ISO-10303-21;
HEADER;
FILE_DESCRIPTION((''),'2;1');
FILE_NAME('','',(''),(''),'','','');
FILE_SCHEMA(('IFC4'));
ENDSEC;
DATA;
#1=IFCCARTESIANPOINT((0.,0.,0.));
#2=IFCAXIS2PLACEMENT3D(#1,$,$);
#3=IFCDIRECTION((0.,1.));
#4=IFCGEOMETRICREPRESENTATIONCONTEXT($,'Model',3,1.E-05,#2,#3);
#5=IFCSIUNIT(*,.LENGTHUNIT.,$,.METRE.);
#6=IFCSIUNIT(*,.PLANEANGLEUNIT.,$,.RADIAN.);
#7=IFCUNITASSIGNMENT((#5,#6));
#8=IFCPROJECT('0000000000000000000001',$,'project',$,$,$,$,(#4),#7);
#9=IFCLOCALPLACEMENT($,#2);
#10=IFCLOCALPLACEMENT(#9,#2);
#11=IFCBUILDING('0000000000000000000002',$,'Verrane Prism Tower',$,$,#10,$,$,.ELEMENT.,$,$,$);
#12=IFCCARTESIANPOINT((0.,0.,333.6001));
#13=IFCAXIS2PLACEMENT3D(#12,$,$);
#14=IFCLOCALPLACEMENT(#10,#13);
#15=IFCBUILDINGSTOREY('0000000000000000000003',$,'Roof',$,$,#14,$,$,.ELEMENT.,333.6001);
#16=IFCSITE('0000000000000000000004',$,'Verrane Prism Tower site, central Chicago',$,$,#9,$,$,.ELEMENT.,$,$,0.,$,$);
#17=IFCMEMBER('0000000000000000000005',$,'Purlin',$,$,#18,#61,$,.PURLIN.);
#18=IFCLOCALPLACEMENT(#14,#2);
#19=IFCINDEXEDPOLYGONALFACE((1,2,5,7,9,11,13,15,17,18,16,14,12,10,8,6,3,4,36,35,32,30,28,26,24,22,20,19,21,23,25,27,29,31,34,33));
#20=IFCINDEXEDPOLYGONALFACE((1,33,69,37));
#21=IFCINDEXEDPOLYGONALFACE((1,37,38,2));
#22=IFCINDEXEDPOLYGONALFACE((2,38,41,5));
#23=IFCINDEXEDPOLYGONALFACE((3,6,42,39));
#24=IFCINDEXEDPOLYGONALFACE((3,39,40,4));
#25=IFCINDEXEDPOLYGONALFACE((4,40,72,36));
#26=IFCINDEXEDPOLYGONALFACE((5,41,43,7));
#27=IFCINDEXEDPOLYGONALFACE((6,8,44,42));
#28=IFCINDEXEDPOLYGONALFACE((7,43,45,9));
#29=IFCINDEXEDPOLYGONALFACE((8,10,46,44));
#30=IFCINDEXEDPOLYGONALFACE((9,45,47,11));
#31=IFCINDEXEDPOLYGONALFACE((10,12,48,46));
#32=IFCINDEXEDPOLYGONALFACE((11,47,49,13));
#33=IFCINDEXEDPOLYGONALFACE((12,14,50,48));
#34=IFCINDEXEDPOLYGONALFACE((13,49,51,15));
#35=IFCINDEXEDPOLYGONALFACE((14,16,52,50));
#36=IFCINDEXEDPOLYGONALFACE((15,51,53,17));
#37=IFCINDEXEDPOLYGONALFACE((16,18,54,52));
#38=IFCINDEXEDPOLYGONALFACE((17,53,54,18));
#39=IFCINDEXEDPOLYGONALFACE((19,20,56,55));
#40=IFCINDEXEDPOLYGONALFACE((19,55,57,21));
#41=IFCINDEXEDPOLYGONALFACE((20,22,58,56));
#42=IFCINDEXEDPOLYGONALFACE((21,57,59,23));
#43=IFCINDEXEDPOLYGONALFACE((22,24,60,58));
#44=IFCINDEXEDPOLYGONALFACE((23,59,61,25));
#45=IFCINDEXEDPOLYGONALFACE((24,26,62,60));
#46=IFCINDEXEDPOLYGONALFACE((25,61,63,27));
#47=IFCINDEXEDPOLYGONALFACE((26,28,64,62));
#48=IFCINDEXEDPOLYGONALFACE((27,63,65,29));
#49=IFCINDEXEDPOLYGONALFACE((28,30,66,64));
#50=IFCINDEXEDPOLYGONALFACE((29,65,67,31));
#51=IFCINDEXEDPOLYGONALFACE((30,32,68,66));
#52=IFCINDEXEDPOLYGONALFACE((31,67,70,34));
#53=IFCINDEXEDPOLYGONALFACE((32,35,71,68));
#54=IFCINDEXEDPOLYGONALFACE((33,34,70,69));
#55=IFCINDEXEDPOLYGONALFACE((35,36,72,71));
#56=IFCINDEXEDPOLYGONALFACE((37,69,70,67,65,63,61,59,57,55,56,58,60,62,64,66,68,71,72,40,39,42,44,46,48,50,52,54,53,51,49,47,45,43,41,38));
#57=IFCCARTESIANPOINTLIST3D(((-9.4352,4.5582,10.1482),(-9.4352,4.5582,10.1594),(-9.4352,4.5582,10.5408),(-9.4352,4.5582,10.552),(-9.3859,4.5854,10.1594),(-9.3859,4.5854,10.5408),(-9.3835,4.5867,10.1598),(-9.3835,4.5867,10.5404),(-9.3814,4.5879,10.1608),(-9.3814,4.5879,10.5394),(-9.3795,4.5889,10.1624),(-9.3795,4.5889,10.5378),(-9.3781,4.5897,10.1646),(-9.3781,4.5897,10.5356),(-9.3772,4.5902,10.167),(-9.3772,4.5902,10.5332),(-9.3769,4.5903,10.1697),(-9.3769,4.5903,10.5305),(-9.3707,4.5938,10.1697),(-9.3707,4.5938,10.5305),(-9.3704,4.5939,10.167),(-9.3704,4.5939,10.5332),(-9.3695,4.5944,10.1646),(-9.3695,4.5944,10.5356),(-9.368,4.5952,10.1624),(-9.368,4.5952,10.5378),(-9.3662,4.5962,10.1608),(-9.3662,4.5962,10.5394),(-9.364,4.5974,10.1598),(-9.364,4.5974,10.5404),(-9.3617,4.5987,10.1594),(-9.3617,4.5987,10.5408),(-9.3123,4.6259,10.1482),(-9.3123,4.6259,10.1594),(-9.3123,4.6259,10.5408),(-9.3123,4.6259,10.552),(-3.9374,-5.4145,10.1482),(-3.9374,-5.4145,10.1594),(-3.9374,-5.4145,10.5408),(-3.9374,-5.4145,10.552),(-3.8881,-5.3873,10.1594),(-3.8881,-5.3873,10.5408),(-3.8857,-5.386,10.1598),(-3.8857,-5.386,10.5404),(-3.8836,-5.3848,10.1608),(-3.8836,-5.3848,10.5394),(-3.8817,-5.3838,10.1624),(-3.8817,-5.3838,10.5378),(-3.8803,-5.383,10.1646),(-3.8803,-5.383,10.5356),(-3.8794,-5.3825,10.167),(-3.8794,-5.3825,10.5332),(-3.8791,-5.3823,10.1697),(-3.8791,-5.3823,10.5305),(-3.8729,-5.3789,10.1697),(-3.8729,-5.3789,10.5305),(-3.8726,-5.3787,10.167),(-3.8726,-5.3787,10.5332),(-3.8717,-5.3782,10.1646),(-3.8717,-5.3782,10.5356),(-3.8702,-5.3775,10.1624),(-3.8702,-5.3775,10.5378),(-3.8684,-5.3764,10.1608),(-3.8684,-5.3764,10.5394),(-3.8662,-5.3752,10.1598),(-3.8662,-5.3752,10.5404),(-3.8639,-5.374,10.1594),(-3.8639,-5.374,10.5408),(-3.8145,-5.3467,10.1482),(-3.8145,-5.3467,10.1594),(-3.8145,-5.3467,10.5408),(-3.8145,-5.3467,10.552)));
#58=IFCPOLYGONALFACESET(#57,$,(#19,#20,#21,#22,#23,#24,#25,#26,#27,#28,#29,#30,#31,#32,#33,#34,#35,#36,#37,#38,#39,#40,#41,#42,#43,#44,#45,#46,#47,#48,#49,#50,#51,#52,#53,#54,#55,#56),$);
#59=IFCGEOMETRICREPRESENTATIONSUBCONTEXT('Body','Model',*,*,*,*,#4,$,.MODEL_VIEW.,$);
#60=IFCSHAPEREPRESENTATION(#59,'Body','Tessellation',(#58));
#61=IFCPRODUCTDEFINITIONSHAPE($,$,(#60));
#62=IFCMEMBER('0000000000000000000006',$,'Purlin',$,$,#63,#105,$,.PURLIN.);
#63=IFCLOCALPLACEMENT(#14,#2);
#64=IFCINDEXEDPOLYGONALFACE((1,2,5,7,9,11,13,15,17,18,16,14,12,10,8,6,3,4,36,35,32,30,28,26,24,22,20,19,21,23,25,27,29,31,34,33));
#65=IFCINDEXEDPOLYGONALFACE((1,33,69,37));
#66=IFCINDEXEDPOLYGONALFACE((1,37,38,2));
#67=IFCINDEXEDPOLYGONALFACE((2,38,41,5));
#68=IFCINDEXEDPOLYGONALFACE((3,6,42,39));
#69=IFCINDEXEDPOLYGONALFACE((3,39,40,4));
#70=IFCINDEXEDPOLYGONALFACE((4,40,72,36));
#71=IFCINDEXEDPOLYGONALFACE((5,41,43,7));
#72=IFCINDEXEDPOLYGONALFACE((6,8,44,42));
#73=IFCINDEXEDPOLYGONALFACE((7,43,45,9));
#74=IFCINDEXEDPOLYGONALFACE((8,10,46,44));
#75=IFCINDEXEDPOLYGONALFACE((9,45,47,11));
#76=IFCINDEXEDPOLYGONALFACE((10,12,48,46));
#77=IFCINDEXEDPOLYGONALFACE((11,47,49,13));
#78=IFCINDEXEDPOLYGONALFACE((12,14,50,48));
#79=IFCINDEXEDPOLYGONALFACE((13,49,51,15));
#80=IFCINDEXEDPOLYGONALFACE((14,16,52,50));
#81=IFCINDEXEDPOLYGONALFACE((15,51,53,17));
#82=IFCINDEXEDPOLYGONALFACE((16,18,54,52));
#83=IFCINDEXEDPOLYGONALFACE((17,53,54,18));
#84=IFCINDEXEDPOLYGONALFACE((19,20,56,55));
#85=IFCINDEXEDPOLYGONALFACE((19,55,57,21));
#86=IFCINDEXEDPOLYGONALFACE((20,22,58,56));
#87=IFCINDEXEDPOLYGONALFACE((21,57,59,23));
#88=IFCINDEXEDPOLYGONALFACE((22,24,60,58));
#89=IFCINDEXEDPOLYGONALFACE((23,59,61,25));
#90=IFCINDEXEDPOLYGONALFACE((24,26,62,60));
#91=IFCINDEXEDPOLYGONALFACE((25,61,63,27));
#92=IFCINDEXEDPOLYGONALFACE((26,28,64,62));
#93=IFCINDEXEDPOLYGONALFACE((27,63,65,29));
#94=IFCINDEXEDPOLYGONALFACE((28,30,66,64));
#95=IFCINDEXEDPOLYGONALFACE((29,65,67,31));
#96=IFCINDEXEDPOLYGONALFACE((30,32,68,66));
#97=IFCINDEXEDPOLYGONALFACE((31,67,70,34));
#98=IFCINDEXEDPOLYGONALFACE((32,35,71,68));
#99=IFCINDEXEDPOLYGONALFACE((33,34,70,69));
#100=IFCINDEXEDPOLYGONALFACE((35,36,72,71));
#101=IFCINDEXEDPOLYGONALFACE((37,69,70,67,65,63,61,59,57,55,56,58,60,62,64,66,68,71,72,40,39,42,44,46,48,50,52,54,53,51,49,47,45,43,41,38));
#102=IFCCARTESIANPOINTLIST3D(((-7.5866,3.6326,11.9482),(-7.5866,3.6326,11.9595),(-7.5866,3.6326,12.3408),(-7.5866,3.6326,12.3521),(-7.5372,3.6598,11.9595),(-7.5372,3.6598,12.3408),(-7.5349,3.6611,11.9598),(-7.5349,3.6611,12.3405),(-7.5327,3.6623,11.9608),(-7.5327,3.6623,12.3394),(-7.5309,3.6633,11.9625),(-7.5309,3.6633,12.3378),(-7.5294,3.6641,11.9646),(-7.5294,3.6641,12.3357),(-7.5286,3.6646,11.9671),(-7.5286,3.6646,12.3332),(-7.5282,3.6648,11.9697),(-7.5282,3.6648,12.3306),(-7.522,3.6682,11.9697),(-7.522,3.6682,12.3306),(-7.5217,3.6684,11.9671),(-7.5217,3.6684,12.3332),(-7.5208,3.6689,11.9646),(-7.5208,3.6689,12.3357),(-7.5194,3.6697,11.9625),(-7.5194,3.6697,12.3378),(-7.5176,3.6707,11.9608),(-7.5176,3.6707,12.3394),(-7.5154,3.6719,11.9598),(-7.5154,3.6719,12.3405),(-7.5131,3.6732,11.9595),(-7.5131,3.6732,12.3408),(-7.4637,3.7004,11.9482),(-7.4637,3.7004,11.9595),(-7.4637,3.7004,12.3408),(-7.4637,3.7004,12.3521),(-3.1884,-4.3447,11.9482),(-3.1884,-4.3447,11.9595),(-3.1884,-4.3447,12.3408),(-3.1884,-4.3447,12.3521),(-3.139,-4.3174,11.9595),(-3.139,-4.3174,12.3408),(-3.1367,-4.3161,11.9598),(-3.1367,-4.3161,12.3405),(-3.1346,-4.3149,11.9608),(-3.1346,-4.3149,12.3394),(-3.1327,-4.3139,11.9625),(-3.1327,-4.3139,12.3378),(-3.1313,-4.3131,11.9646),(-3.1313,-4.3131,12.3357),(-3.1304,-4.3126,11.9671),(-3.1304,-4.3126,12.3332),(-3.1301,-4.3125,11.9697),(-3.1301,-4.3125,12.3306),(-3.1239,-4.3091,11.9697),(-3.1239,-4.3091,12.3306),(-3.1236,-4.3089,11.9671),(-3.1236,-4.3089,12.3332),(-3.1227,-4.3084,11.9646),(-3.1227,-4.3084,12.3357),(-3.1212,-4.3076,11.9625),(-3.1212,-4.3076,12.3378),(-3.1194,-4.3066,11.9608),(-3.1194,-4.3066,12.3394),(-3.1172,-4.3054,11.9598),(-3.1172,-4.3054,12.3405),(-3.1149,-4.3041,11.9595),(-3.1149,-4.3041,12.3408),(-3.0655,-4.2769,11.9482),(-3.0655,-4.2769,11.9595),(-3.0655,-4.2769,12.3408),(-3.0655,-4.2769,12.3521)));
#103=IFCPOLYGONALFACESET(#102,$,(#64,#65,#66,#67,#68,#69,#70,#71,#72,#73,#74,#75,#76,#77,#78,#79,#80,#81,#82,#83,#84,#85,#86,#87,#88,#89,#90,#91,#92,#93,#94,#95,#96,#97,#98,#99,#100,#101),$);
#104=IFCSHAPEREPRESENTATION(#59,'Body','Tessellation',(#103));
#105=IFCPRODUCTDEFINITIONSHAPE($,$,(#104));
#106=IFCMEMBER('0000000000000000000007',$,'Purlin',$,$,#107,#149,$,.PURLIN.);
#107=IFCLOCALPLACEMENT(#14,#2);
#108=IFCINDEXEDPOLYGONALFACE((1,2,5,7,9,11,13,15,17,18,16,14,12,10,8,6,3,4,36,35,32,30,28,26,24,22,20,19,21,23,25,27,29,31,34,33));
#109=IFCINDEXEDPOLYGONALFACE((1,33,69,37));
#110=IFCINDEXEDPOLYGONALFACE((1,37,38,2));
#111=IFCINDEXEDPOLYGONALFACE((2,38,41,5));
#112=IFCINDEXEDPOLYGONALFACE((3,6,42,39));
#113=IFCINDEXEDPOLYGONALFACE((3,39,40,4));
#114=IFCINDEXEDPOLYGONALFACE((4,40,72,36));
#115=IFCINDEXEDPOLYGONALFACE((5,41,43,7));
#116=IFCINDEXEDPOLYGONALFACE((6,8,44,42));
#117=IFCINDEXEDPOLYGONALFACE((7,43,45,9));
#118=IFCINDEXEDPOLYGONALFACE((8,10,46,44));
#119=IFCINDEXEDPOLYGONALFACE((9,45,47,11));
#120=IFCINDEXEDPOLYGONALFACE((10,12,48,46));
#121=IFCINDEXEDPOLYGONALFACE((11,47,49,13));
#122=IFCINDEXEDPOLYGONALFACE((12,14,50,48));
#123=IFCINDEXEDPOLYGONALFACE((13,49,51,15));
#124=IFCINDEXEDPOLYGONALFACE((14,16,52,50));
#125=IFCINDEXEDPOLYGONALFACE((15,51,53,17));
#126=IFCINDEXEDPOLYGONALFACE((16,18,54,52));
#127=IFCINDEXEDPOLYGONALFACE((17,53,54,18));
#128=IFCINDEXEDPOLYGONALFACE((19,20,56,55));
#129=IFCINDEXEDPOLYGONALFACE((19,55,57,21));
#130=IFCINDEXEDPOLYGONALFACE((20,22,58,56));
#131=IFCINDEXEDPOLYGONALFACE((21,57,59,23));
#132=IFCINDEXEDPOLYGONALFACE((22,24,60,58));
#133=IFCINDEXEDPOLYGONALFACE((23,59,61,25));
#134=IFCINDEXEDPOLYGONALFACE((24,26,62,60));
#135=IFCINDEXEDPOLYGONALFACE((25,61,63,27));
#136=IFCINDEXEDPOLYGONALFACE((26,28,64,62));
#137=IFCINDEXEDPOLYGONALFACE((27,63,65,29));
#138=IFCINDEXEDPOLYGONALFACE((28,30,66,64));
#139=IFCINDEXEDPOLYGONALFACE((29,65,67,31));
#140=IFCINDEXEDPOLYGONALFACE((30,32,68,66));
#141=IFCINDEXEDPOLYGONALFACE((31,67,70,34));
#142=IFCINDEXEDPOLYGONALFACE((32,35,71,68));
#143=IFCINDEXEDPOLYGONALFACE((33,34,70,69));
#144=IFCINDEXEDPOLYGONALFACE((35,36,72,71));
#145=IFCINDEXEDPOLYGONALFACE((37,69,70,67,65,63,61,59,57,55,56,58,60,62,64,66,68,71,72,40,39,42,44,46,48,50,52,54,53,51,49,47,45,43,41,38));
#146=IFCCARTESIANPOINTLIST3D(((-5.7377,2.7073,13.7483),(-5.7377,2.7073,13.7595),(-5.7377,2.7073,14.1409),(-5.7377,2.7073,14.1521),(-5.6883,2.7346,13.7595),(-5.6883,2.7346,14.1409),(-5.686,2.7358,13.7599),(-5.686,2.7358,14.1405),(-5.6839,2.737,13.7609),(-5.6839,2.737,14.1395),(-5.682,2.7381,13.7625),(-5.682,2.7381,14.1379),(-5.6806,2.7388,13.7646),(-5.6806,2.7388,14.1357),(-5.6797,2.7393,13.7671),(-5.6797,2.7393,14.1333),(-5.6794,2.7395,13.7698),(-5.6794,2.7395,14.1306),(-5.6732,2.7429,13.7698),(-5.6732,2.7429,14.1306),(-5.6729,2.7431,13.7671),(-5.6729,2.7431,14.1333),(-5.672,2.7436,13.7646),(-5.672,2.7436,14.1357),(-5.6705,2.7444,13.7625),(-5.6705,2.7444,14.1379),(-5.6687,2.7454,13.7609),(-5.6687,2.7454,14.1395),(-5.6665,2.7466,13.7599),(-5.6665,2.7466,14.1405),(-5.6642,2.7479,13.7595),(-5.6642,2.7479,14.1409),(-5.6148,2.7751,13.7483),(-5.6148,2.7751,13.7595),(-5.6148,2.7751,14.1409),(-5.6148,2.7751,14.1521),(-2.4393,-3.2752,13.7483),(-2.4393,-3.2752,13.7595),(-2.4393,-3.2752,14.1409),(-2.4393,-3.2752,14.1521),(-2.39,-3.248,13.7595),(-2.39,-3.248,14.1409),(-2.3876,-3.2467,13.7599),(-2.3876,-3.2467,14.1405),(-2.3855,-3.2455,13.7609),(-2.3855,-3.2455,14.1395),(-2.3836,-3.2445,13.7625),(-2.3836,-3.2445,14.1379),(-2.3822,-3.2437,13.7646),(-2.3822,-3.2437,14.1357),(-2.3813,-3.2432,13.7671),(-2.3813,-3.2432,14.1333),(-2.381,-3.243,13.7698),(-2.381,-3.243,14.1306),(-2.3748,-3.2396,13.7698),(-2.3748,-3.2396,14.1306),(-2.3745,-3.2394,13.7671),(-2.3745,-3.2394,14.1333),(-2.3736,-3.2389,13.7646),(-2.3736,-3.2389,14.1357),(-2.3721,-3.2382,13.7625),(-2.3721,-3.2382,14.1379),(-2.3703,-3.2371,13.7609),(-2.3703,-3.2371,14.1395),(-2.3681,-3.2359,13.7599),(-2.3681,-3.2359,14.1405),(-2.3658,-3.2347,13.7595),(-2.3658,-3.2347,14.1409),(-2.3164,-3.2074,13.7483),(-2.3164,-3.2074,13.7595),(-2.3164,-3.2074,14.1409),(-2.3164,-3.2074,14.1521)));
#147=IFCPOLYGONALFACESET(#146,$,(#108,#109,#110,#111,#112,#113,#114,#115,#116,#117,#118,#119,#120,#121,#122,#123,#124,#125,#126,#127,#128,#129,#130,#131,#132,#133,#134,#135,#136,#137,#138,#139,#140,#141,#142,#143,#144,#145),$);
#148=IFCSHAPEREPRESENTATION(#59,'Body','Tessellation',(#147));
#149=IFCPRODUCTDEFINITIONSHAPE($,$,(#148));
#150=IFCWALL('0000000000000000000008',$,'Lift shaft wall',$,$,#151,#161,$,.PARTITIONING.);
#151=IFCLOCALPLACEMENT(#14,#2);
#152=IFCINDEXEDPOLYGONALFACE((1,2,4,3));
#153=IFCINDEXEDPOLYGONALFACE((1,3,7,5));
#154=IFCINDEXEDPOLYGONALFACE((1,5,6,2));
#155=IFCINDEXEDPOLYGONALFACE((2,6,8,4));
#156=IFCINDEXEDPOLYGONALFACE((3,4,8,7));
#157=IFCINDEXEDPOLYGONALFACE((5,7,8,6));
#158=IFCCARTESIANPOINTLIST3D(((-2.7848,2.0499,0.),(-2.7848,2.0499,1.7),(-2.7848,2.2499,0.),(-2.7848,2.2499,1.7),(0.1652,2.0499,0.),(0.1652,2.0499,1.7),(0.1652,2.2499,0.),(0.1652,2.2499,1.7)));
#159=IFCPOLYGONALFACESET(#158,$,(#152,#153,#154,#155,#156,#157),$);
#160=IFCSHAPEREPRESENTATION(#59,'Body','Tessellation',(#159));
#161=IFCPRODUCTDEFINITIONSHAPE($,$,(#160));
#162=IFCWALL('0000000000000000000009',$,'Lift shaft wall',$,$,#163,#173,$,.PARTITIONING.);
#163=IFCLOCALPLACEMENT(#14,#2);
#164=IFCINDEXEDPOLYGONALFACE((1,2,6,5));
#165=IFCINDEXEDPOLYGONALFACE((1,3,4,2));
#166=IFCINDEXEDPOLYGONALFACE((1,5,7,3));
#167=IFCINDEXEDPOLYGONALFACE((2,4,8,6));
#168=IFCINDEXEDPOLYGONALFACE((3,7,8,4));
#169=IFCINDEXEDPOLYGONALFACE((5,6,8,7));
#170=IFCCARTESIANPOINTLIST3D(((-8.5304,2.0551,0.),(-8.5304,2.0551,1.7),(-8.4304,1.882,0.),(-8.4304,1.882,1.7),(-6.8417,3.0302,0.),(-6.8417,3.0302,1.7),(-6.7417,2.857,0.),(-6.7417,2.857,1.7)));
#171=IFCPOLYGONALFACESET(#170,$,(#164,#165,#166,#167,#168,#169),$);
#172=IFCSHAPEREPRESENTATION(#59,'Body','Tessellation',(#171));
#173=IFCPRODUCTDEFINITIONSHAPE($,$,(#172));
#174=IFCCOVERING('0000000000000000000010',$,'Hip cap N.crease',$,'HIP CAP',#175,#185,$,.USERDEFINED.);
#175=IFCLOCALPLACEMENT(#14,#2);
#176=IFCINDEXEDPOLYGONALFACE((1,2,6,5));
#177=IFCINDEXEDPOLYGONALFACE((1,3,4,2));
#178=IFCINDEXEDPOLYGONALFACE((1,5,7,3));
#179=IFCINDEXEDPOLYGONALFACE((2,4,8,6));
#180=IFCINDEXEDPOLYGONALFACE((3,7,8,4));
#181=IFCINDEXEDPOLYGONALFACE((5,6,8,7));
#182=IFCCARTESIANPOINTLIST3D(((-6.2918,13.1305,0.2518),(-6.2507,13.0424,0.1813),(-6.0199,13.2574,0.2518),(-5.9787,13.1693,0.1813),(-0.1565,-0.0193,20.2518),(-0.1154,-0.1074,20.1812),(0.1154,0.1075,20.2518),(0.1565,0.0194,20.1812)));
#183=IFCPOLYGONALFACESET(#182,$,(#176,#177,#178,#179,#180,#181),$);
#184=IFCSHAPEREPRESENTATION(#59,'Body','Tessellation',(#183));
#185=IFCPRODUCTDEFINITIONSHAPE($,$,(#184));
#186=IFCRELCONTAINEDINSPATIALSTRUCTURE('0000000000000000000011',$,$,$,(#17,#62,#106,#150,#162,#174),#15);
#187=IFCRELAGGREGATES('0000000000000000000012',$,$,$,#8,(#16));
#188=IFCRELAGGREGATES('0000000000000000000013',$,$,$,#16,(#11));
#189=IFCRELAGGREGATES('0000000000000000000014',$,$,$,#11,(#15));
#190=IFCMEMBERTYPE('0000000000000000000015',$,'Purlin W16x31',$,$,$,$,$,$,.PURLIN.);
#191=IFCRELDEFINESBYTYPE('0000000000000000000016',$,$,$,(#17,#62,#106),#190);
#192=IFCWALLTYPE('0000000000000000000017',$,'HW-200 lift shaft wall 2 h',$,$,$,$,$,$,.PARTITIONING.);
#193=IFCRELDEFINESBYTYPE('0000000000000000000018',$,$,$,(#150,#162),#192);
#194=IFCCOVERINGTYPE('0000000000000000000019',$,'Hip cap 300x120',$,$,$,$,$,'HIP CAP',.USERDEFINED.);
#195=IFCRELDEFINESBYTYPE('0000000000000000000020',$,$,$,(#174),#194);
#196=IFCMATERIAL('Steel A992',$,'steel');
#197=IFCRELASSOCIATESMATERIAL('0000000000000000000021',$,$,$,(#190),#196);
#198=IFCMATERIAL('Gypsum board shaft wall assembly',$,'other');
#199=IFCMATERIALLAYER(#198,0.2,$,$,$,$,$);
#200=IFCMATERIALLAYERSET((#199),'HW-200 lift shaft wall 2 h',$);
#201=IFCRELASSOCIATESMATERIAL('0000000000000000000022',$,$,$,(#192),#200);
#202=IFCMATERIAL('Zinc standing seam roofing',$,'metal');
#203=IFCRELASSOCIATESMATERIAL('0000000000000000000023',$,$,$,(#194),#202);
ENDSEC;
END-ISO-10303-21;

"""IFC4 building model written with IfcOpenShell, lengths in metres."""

from ifc_helpers import new_model, si_unit, direction, frame, frame_2d, origin, origin_2d, place, context, subcontext, project, spatial, rectangle, i_section, extrude, material, layer, layer_set, material_profile, profile_set, type_object, element, save


model = new_model("IFC4")

# Units and contexts
model_context = context("Model", 3, precision=1e-05, world=origin(), true_north=direction((0.0, 1.0)))
body_context = subcontext(model_context, "Body", "Model", "MODEL_VIEW")
ifc_project = project(units=[si_unit("LENGTHUNIT", "METRE"), si_unit("PLANEANGLEUNIT", "RADIAN")], contexts=[model_context])

# Site, building, storey
site_placement = place(None, origin())
site = spatial("IfcSite", under=ifc_project, at=site_placement, Name="Verrane Prism Tower site, central Chicago", CompositionType="ELEMENT", RefElevation=0.0)
building_placement = place(site_placement, origin())
building = spatial("IfcBuilding", under=site, at=building_placement, Name="Verrane Prism Tower", CompositionType="ELEMENT")
storey_placement = place(building_placement, frame((0.0, 0.0, 333.6001)))
storey = spatial("IfcBuildingStorey", under=building, at=storey_placement, Name="Roof", CompositionType="ELEMENT", Elevation=333.6001)

# Members
ifc_material_1 = material(Name="Steel A992", Category="steel")
ifc_material_profile_1 = material_profile(ifc_material_1, i_section(OverallWidth=0.1404, OverallDepth=0.4038, WebThickness=0.0071, FlangeThickness=0.0112, FilletRadius=0.0103, at=origin_2d()), Name="W16x31")
ifc_profile_set_1 = profile_set([ifc_material_profile_1], Name="Steel A992")
member_type_1 = type_object("IfcMemberType", Name="Purlin W16x31", PredefinedType="PURLIN", material=ifc_profile_set_1)
member_1_placement = place(storey_placement, frame((-9.3738, 4.592, 10.3501), z_axis=(0.482784, -0.875739, 0.0), x_axis=(0.875739, 0.482784, 0.0)))
element("IfcMember", 1, at=member_1_placement, inside=storey, type_object=member_type_1, Name="Purlin", PredefinedType="PURLIN", context=body_context, shape_type="SweptSolid", body=[
    extrude(i_section(OverallWidth=0.1404, OverallDepth=0.4038, WebThickness=0.0071, FlangeThickness=0.0112, FilletRadius=0.0103, at=origin_2d()), origin(), (0.0, 0.0, 1.0), 11.3877),
])
member_2_placement = place(storey_placement, frame((-7.5251, 3.6665, 12.1501), z_axis=(0.482819, -0.87572, 0.0), x_axis=(0.87572, 0.482819, 0.0)))
element("IfcMember", 2, at=member_2_placement, inside=storey, type_object=member_type_1, Name="Purlin", PredefinedType="PURLIN", context=body_context, shape_type="SweptSolid", body=[
    extrude(i_section(OverallWidth=0.1404, OverallDepth=0.4038, WebThickness=0.0071, FlangeThickness=0.0112, FilletRadius=0.0103, at=origin_2d()), origin(), (0.0, 0.0, 1.0), 9.1094),
])
member_3_placement = place(storey_placement, frame((-5.6763, 2.7412, 13.9502), z_axis=(0.482818, -0.87572, 0.0), x_axis=(0.87572, 0.482818, 0.0)))
element("IfcMember", 3, at=member_3_placement, inside=storey, type_object=member_type_1, Name="Purlin", PredefinedType="PURLIN", context=body_context, shape_type="SweptSolid", body=[
    extrude(i_section(OverallWidth=0.1404, OverallDepth=0.4038, WebThickness=0.0071, FlangeThickness=0.0112, FilletRadius=0.0103, at=origin_2d()), origin(), (0.0, 0.0, 1.0), 6.8315),
])

# Walls
ifc_material_2 = material(Name="Gypsum board shaft wall assembly", Category="other")
ifc_layer_1 = layer(ifc_material_2, 0.2)
ifc_layer_set_1 = layer_set([ifc_layer_1], Name="HW-200 lift shaft wall 2 h")
wall_type = type_object("IfcWallType", Name="HW-200 lift shaft wall 2 h", PredefinedType="PARTITIONING", material=ifc_layer_set_1)
wall_1_placement = place(storey_placement, frame((-2.7849, 2.1499, 0.0), z_axis=(0.0, 0.0, 1.0), x_axis=(1.0, 0.0, 0.0)))
element("IfcWall", 4, at=wall_1_placement, inside=storey, type_object=wall_type, Name="Lift shaft wall", PredefinedType="PARTITIONING", context=body_context, shape_type="SweptSolid", body=[
    extrude(rectangle(XDim=2.95, YDim=0.2, at=frame_2d((1.4751, 0.0))), origin(), (0.0, 0.0, 1.0), 1.7),
])
wall_2_placement = place(storey_placement, frame((-8.4805, 1.9685, 0.0), z_axis=(0.0, 0.0, 1.0), x_axis=(0.866, 0.500044, 0.0)))
element("IfcWall", 5, at=wall_2_placement, inside=storey, type_object=wall_type, Name="Lift shaft wall", PredefinedType="PARTITIONING", context=body_context, shape_type="SweptSolid", body=[
    extrude(rectangle(XDim=1.95, YDim=0.2, at=frame_2d((0.9751, 0.0))), origin(), (0.0, 0.0, 1.0), 1.7),
])

# Covering
ifc_material_3 = material(Name="Zinc standing seam roofing", Category="metal")
ifc_material_profile_2 = material_profile(ifc_material_3, rectangle(XDim=0.3, YDim=0.1201, at=origin_2d()), Name="Hip cap 300x120")
ifc_profile_set_2 = profile_set([ifc_material_profile_2], Name="Zinc standing seam roofing")
covering_type_1 = type_object("IfcCoveringType", Name="Hip cap 300x120", ElementType="HIP CAP", PredefinedType="USERDEFINED", material=ifc_profile_set_2)
covering_1_placement = place(storey_placement, frame((-6.1353, 13.1499, 0.2166), z_axis=(0.248295, -0.532179, 0.809404), x_axis=(0.906219, 0.422808, 0.0)))
element("IfcCovering", 6, at=covering_1_placement, inside=storey, type_object=covering_type_1, Name="Hip cap N.crease", ObjectType="HIP CAP", PredefinedType="USERDEFINED", context=body_context, shape_type="SweptSolid", body=[
    extrude(rectangle(XDim=0.3, YDim=0.1201, at=origin_2d()), origin(), (0.0, 0.0, 1.0), 24.7095),
])

save(model, "model.ifc")
